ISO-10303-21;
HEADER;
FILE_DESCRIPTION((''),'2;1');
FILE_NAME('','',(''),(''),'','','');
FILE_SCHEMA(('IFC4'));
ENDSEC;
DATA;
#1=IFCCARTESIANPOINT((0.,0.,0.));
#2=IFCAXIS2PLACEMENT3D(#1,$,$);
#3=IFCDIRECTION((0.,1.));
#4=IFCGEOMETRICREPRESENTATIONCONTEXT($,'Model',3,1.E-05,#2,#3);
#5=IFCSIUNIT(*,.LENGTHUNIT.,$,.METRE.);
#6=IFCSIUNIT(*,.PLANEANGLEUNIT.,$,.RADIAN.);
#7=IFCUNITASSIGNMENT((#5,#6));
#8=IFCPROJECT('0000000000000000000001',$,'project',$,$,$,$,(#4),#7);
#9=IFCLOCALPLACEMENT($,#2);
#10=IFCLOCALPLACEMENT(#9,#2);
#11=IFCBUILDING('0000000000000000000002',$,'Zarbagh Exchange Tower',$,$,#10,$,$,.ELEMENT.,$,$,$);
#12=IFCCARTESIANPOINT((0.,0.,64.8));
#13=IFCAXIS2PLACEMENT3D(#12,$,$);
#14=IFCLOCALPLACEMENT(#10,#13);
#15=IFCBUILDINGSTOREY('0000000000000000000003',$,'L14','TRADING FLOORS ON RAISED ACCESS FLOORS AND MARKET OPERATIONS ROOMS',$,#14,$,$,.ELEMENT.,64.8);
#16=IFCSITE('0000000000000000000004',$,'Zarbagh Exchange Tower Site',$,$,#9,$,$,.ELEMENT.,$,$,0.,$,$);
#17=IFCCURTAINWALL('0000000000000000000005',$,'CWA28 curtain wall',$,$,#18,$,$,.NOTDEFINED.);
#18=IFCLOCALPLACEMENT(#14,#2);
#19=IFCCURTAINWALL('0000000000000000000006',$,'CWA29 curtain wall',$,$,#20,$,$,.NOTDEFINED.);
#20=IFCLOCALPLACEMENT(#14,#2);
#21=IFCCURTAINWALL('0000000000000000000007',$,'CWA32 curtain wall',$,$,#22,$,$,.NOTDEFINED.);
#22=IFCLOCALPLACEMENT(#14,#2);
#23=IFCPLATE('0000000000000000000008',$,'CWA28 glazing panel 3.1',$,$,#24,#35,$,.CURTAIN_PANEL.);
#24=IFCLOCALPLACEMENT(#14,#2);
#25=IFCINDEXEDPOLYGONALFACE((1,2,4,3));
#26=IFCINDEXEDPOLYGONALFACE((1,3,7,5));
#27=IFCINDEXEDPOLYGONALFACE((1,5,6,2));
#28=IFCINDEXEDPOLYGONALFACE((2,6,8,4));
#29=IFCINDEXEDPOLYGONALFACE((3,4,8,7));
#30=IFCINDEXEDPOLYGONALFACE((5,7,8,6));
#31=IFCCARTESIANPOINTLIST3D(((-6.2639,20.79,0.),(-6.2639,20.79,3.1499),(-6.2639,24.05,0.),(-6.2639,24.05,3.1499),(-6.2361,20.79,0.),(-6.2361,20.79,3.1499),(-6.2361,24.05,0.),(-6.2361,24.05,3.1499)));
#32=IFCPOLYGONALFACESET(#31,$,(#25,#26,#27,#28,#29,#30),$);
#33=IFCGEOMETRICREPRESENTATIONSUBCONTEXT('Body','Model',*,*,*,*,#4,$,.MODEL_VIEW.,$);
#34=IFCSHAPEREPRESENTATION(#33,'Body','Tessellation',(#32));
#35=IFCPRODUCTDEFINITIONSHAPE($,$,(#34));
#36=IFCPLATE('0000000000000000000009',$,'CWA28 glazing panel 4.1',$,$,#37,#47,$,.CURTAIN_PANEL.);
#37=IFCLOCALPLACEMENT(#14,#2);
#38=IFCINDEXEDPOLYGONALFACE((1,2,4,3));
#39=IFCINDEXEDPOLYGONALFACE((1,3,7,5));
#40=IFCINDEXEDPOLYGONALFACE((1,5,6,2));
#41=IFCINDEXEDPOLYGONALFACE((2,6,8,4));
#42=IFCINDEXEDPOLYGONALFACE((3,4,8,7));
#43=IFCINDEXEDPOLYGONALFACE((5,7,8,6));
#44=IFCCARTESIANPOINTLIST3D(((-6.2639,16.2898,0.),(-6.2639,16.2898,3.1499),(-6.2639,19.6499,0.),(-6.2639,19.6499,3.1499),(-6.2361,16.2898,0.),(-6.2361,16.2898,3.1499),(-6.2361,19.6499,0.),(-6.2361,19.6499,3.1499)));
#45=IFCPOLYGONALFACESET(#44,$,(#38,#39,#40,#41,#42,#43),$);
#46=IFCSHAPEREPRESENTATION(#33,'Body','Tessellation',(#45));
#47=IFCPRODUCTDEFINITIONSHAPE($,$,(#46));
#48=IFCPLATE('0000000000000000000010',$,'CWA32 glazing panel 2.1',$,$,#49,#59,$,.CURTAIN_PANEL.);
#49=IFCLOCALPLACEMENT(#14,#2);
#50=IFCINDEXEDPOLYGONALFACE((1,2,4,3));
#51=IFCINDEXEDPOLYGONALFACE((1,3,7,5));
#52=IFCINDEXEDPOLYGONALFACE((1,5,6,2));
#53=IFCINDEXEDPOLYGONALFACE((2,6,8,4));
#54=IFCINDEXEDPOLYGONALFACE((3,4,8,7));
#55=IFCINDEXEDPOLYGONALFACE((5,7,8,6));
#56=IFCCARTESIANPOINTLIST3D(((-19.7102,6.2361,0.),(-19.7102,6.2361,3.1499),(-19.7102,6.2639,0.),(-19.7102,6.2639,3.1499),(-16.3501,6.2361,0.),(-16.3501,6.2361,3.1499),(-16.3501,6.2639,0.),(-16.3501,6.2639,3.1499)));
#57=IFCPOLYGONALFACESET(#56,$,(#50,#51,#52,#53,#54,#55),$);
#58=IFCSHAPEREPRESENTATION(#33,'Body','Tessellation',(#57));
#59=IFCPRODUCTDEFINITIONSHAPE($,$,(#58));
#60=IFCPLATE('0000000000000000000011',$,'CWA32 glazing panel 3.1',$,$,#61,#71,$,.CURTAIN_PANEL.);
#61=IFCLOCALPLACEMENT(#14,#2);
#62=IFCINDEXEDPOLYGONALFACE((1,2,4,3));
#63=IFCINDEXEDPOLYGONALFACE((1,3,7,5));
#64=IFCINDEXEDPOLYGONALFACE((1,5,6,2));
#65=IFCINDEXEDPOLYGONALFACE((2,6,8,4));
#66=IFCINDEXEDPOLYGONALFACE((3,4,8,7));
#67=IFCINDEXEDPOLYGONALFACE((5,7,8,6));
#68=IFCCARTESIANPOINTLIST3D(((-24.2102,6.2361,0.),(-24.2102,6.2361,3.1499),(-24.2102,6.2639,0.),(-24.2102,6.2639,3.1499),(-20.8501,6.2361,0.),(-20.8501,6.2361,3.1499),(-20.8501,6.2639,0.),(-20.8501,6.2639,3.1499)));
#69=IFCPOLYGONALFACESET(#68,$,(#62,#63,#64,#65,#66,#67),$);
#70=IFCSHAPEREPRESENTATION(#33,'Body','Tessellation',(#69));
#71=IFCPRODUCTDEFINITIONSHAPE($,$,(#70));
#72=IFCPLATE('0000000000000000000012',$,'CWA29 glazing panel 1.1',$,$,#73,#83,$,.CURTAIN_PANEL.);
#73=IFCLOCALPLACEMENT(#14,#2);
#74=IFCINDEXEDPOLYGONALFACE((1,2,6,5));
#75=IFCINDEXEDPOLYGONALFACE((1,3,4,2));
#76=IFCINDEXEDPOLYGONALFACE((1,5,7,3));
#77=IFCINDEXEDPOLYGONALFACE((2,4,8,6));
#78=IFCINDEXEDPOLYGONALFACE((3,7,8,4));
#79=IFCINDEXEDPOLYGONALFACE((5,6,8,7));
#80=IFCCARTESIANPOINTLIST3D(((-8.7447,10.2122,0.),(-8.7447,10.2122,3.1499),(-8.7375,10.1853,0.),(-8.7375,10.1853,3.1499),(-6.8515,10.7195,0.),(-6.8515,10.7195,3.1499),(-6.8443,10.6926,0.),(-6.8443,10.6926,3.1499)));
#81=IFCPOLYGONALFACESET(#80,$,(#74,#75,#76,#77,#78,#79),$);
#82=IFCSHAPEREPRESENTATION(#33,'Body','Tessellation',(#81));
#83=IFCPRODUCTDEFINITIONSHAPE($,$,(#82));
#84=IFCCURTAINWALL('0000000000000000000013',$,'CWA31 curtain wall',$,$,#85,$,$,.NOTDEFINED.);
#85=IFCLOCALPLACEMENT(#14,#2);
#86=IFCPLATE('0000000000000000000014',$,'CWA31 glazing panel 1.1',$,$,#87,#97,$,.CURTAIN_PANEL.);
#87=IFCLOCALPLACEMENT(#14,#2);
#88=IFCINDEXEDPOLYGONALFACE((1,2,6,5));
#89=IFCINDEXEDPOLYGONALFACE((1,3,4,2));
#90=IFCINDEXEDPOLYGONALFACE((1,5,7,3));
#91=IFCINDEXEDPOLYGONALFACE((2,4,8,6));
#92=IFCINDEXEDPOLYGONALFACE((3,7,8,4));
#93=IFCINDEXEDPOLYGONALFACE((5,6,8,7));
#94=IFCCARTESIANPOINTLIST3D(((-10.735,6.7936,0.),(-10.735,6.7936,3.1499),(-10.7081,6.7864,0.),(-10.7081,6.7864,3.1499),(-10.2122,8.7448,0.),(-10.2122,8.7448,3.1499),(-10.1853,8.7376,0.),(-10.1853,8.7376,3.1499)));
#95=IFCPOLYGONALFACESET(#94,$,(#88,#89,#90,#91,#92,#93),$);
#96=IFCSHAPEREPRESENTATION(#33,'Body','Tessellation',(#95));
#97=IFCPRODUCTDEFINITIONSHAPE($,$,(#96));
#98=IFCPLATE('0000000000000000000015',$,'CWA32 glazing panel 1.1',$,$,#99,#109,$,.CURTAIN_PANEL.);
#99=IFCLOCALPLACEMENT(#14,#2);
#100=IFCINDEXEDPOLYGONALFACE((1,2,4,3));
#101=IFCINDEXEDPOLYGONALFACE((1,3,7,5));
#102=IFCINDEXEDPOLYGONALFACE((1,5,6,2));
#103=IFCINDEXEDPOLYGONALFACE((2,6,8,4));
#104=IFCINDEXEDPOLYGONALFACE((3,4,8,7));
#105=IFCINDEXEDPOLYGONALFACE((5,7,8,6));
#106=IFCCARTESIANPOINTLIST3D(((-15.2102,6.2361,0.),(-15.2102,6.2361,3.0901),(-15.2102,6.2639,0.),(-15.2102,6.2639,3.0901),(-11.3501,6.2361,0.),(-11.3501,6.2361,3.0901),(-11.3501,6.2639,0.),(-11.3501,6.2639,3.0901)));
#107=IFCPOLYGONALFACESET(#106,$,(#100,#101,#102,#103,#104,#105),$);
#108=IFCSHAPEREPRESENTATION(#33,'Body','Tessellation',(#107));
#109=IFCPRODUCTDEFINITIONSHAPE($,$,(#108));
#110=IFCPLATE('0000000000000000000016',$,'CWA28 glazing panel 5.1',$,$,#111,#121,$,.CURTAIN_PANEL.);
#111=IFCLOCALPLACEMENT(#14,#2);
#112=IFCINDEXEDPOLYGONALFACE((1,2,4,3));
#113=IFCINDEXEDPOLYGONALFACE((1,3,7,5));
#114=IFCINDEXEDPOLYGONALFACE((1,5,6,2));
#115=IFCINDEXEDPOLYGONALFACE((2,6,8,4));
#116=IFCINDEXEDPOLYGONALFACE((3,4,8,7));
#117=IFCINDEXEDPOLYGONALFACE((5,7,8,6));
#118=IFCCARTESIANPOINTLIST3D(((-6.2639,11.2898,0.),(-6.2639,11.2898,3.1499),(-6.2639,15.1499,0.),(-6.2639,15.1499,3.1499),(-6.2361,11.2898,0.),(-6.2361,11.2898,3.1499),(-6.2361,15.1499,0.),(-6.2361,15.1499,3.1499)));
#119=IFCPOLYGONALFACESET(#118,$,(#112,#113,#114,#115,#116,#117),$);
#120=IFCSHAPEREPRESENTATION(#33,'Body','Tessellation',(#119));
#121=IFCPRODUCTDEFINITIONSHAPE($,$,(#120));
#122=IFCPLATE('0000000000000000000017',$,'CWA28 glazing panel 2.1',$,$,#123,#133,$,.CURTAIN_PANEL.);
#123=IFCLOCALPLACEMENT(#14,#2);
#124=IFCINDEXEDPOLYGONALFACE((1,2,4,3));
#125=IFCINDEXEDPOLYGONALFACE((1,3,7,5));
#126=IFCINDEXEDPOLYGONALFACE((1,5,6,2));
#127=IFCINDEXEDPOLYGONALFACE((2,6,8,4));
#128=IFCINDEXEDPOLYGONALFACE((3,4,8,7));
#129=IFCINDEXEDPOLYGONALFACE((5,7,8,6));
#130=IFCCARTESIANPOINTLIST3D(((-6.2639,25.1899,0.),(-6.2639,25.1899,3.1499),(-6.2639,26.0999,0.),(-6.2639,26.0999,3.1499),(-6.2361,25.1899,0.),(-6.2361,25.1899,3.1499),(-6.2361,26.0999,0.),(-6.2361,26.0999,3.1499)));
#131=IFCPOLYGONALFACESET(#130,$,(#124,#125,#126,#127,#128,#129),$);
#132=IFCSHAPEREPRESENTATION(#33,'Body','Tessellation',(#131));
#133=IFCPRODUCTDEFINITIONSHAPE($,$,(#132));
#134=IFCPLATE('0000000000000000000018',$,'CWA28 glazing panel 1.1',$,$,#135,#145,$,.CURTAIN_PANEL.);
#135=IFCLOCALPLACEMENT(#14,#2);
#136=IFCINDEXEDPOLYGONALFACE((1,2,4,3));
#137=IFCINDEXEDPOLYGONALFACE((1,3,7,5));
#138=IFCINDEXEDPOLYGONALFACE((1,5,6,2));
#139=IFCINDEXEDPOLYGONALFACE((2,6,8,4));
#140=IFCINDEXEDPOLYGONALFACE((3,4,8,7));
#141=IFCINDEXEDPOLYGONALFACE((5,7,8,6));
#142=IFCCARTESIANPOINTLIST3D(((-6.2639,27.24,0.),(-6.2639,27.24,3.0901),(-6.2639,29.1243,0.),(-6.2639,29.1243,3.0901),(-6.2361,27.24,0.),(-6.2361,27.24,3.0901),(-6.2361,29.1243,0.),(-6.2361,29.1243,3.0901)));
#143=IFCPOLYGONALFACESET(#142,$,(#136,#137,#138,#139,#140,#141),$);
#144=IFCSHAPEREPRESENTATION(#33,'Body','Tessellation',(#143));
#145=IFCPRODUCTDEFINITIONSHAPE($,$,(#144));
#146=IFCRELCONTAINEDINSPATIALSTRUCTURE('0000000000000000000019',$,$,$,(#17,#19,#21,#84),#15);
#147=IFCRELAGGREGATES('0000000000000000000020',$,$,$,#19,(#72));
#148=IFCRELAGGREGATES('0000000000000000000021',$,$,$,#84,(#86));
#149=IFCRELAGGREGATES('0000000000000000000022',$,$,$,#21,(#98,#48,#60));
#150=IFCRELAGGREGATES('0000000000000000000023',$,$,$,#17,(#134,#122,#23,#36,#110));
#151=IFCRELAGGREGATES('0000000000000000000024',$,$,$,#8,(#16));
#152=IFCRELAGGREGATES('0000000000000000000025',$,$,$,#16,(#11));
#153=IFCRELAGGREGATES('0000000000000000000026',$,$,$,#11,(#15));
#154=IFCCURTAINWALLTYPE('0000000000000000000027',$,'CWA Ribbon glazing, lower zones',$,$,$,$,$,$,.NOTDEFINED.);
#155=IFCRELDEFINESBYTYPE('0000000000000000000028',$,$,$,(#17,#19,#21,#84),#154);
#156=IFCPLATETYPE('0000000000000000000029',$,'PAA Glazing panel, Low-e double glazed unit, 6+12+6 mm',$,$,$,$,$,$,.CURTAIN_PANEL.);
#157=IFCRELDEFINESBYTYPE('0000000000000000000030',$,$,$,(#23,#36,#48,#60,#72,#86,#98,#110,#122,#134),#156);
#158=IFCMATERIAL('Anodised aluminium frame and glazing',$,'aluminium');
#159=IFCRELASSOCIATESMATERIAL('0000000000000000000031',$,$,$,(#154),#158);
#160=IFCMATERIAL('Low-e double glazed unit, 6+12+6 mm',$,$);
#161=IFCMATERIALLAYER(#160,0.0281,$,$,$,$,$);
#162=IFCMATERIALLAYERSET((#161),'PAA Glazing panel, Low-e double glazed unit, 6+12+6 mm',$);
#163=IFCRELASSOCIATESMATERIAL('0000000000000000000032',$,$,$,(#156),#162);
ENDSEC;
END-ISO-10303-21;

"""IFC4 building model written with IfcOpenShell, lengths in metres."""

from ifc_helpers import new_model, si_unit, direction, frame, origin, place, context, subcontext, project, spatial, polyline, outline, extrude, source, transform, mapped, material, layer, layer_set, type_object, element, aggregate, save


model = new_model("IFC4")

# Units and contexts
model_context = context("Model", 3, precision=1e-05, world=origin(), true_north=direction((0.0, 1.0)))
body_context = subcontext(model_context, "Body", "Model", "MODEL_VIEW")
ifc_project = project(units=[si_unit("LENGTHUNIT", "METRE"), si_unit("PLANEANGLEUNIT", "RADIAN")], contexts=[model_context])

# Site, building, storey
site_placement = place(None, origin())
site = spatial("IfcSite", under=ifc_project, at=site_placement, Name="Zarbagh Exchange Tower Site", CompositionType="ELEMENT", RefElevation=0.0)
building_placement = place(site_placement, origin())
building = spatial("IfcBuilding", under=site, at=building_placement, Name="Zarbagh Exchange Tower", CompositionType="ELEMENT")
storey_placement = place(building_placement, frame((0.0, 0.0, 64.8)))
storey = spatial("IfcBuildingStorey", under=building, at=storey_placement, Name="L14", Description="TRADING FLOORS ON RAISED ACCESS FLOORS AND MARKET OPERATIONS ROOMS", CompositionType="ELEMENT", Elevation=64.8)

# Curtain wall
ifc_material_1 = material(Name="Anodised aluminium frame and glazing", Category="aluminium")
curtain_wall_type = type_object("IfcCurtainWallType", Name="CWA Ribbon glazing, lower zones", PredefinedType="NOTDEFINED", material=ifc_material_1)
curtain_wall_1_placement = place(storey_placement, origin())
curtain_wall_1 = element("IfcCurtainWall", 1, at=curtain_wall_1_placement, inside=storey, type_object=curtain_wall_type, Name="CWA28 curtain wall", PredefinedType="NOTDEFINED")
placement = place(storey_placement, origin())

# Curtain wall
curtain_wall_2_placement = place(storey_placement, origin())
curtain_wall_2 = element("IfcCurtainWall", 2, at=curtain_wall_2_placement, inside=storey, type_object=curtain_wall_type, Name="CWA29 curtain wall", PredefinedType="NOTDEFINED")

# Curtain wall
curtain_wall_3_placement = place(storey_placement, origin())
curtain_wall_3 = element("IfcCurtainWall", 3, at=curtain_wall_3_placement, inside=storey, type_object=curtain_wall_type, Name="CWA32 curtain wall", PredefinedType="NOTDEFINED")

# Shared definitions
ifc_material_2 = material(Name="Low-e double glazed unit, 6+12+6 mm")
ifc_layer = layer(ifc_material_2, 0.0281)
ifc_layer_set = layer_set([ifc_layer], Name="PAA Glazing panel, Low-e double glazed unit, 6+12+6 mm")
plate_type = type_object("IfcPlateType", Name="PAA Glazing panel, Low-e double glazed unit, 6+12+6 mm", PredefinedType="CURTAIN_PANEL", material=ifc_layer_set)

# Plates
shared_shape_1 = source(origin(), body_context, "Body", "SweptSolid", [
    extrude(outline(polyline([(0.0, -0.0139), (3.26, -0.0139), (3.26, 0.0139), (0.0, 0.0139), (0.0, -0.0139)])), origin(), (0.0, 0.0, 1.0), 3.1499),
])
plate_1 = element("IfcPlate", 4, at=placement, type_object=plate_type, Name="CWA28 glazing panel 3.1", PredefinedType="CURTAIN_PANEL", context=body_context, shape_type="MappedRepresentation", body=[
    mapped(shared_shape_1, transform((-6.25, 24.05, 0.0), x_axis=(0.0, -1.0, 0.0), y_axis=(1.0, 0.0, 0.0), z_axis=(0.0, 0.0, 1.0))),
])
shared_shape_2 = source(origin(), body_context, "Body", "SweptSolid", [
    extrude(outline(polyline([(0.0, -0.0139), (3.3601, -0.0139), (3.3601, 0.0139), (0.0, 0.0139), (0.0, -0.0139)])), origin(), (0.0, 0.0, 1.0), 3.1499),
])
plate_2 = element("IfcPlate", 5, at=placement, type_object=plate_type, Name="CWA28 glazing panel 4.1", PredefinedType="CURTAIN_PANEL", context=body_context, shape_type="MappedRepresentation", body=[
    mapped(shared_shape_2, transform((-6.25, 19.6499, 0.0), x_axis=(0.0, -1.0, 0.0), y_axis=(1.0, 0.0, 0.0), z_axis=(0.0, 0.0, 1.0))),
])
plate_3 = element("IfcPlate", 6, at=placement, type_object=plate_type, Name="CWA32 glazing panel 2.1", PredefinedType="CURTAIN_PANEL", context=body_context, shape_type="MappedRepresentation", body=[
    mapped(shared_shape_2, transform((-16.3501, 6.25, 0.0), x_axis=(-1.0, 0.0, 0.0), y_axis=(0.0, -1.0, 0.0), z_axis=(0.0, 0.0, 1.0))),
])
plate_4 = element("IfcPlate", 7, at=placement, type_object=plate_type, Name="CWA32 glazing panel 3.1", PredefinedType="CURTAIN_PANEL", context=body_context, shape_type="MappedRepresentation", body=[
    mapped(shared_shape_2, transform((-20.8501, 6.25, 0.0), x_axis=(-1.0, 0.0, 0.0), y_axis=(0.0, -1.0, 0.0), z_axis=(0.0, 0.0, 1.0))),
])
shared_shape_3 = source(origin(), body_context, "Body", "SweptSolid", [
    extrude(outline(polyline([(0.0, -0.0139), (1.96, -0.0139), (1.96, 0.0139), (0.0, 0.0139), (0.0, -0.0139)])), origin(), (0.0, 0.0, 1.0), 3.1499),
])
plate_5 = element("IfcPlate", 8, at=placement, type_object=plate_type, Name="CWA29 glazing panel 1.1", PredefinedType="CURTAIN_PANEL", context=body_context, shape_type="MappedRepresentation", body=[
    mapped(shared_shape_3, transform((-6.8479, 10.7061, 0.0), x_axis=(-0.965924, -0.258825, 0.0), y_axis=(0.258825, -0.965924, 0.0), z_axis=(0.0, 0.0, 1.0))),
])
aggregate(curtain_wall_2, [plate_5])

# Curtain wall, plate
curtain_wall_4_placement = place(storey_placement, origin())
curtain_wall_4 = element("IfcCurtainWall", 9, at=curtain_wall_4_placement, inside=storey, type_object=curtain_wall_type, Name="CWA31 curtain wall", PredefinedType="NOTDEFINED")
shared_shape_4 = source(origin(), body_context, "Body", "SweptSolid", [
    extrude(outline(polyline([(0.0, -0.0139), (2.02, -0.0139), (2.02, 0.0139), (0.0, 0.0139), (0.0, -0.0139)])), origin(), (0.0, 0.0, 1.0), 3.1499),
])
plate_6 = element("IfcPlate", 10, at=placement, type_object=plate_type, Name="CWA31 glazing panel 1.1", PredefinedType="CURTAIN_PANEL", context=body_context, shape_type="MappedRepresentation", body=[
    mapped(shared_shape_4, transform((-10.1987, 8.7412, 0.0), x_axis=(-0.258825, -0.965924, 0.0), y_axis=(0.965924, -0.258825, 0.0), z_axis=(0.0, 0.0, 1.0))),
])
aggregate(curtain_wall_4, [plate_6])

# Plates
shared_shape_5 = source(origin(), body_context, "Body", "SweptSolid", [
    extrude(outline(polyline([(0.0, -0.0139), (3.8601, -0.0139), (3.8601, 0.0139), (0.0, 0.0139), (0.0, -0.0139)])), origin(), (0.0, 0.0, 1.0), 3.0901),
])
plate_7 = element("IfcPlate", 11, at=placement, type_object=plate_type, Name="CWA32 glazing panel 1.1", PredefinedType="CURTAIN_PANEL", context=body_context, shape_type="MappedRepresentation", body=[
    mapped(shared_shape_5, transform((-11.3501, 6.25, 0.0), x_axis=(-1.0, 0.0, 0.0), y_axis=(0.0, -1.0, 0.0), z_axis=(0.0, 0.0, 1.0))),
])
aggregate(curtain_wall_3, [plate_7, plate_3, plate_4])
shared_shape_6 = source(origin(), body_context, "Body", "SweptSolid", [
    extrude(outline(polyline([(0.0, -0.0139), (3.8601, -0.0139), (3.8601, 0.0139), (0.0, 0.0139), (0.0, -0.0139)])), origin(), (0.0, 0.0, 1.0), 3.1499),
])
plate_8 = element("IfcPlate", 12, at=placement, type_object=plate_type, Name="CWA28 glazing panel 5.1", PredefinedType="CURTAIN_PANEL", context=body_context, shape_type="MappedRepresentation", body=[
    mapped(shared_shape_6, transform((-6.25, 15.1499, 0.0), x_axis=(0.0, -1.0, 0.0), y_axis=(1.0, 0.0, 0.0), z_axis=(0.0, 0.0, 1.0))),
])
shared_shape_7 = source(origin(), body_context, "Body", "SweptSolid", [
    extrude(outline(polyline([(0.0, -0.0139), (0.9099, -0.0139), (0.9099, 0.0139), (0.0, 0.0139), (0.0, -0.0139)])), origin(), (0.0, 0.0, 1.0), 3.1499),
])
plate_9 = element("IfcPlate", 13, at=placement, type_object=plate_type, Name="CWA28 glazing panel 2.1", PredefinedType="CURTAIN_PANEL", context=body_context, shape_type="MappedRepresentation", body=[
    mapped(shared_shape_7, transform((-6.25, 26.0999, 0.0), x_axis=(0.0, -1.0, 0.0), y_axis=(1.0, 0.0, 0.0), z_axis=(0.0, 0.0, 1.0))),
])
shared_shape_8 = source(origin(), body_context, "Body", "SweptSolid", [
    extrude(outline(polyline([(0.0, -0.0139), (1.8843, -0.0139), (1.8843, 0.0139), (0.0, 0.0139), (0.0, -0.0139)])), origin(), (0.0, 0.0, 1.0), 3.0901),
])
plate_10 = element("IfcPlate", 14, at=placement, type_object=plate_type, Name="CWA28 glazing panel 1.1", PredefinedType="CURTAIN_PANEL", context=body_context, shape_type="MappedRepresentation", body=[
    mapped(shared_shape_8, transform((-6.25, 29.1243, 0.0), x_axis=(0.0, -1.0, 0.0), y_axis=(1.0, 0.0, 0.0), z_axis=(0.0, 0.0, 1.0))),
])
aggregate(curtain_wall_1, [plate_10, plate_9, plate_1, plate_2, plate_8])

save(model, "model.ifc")
